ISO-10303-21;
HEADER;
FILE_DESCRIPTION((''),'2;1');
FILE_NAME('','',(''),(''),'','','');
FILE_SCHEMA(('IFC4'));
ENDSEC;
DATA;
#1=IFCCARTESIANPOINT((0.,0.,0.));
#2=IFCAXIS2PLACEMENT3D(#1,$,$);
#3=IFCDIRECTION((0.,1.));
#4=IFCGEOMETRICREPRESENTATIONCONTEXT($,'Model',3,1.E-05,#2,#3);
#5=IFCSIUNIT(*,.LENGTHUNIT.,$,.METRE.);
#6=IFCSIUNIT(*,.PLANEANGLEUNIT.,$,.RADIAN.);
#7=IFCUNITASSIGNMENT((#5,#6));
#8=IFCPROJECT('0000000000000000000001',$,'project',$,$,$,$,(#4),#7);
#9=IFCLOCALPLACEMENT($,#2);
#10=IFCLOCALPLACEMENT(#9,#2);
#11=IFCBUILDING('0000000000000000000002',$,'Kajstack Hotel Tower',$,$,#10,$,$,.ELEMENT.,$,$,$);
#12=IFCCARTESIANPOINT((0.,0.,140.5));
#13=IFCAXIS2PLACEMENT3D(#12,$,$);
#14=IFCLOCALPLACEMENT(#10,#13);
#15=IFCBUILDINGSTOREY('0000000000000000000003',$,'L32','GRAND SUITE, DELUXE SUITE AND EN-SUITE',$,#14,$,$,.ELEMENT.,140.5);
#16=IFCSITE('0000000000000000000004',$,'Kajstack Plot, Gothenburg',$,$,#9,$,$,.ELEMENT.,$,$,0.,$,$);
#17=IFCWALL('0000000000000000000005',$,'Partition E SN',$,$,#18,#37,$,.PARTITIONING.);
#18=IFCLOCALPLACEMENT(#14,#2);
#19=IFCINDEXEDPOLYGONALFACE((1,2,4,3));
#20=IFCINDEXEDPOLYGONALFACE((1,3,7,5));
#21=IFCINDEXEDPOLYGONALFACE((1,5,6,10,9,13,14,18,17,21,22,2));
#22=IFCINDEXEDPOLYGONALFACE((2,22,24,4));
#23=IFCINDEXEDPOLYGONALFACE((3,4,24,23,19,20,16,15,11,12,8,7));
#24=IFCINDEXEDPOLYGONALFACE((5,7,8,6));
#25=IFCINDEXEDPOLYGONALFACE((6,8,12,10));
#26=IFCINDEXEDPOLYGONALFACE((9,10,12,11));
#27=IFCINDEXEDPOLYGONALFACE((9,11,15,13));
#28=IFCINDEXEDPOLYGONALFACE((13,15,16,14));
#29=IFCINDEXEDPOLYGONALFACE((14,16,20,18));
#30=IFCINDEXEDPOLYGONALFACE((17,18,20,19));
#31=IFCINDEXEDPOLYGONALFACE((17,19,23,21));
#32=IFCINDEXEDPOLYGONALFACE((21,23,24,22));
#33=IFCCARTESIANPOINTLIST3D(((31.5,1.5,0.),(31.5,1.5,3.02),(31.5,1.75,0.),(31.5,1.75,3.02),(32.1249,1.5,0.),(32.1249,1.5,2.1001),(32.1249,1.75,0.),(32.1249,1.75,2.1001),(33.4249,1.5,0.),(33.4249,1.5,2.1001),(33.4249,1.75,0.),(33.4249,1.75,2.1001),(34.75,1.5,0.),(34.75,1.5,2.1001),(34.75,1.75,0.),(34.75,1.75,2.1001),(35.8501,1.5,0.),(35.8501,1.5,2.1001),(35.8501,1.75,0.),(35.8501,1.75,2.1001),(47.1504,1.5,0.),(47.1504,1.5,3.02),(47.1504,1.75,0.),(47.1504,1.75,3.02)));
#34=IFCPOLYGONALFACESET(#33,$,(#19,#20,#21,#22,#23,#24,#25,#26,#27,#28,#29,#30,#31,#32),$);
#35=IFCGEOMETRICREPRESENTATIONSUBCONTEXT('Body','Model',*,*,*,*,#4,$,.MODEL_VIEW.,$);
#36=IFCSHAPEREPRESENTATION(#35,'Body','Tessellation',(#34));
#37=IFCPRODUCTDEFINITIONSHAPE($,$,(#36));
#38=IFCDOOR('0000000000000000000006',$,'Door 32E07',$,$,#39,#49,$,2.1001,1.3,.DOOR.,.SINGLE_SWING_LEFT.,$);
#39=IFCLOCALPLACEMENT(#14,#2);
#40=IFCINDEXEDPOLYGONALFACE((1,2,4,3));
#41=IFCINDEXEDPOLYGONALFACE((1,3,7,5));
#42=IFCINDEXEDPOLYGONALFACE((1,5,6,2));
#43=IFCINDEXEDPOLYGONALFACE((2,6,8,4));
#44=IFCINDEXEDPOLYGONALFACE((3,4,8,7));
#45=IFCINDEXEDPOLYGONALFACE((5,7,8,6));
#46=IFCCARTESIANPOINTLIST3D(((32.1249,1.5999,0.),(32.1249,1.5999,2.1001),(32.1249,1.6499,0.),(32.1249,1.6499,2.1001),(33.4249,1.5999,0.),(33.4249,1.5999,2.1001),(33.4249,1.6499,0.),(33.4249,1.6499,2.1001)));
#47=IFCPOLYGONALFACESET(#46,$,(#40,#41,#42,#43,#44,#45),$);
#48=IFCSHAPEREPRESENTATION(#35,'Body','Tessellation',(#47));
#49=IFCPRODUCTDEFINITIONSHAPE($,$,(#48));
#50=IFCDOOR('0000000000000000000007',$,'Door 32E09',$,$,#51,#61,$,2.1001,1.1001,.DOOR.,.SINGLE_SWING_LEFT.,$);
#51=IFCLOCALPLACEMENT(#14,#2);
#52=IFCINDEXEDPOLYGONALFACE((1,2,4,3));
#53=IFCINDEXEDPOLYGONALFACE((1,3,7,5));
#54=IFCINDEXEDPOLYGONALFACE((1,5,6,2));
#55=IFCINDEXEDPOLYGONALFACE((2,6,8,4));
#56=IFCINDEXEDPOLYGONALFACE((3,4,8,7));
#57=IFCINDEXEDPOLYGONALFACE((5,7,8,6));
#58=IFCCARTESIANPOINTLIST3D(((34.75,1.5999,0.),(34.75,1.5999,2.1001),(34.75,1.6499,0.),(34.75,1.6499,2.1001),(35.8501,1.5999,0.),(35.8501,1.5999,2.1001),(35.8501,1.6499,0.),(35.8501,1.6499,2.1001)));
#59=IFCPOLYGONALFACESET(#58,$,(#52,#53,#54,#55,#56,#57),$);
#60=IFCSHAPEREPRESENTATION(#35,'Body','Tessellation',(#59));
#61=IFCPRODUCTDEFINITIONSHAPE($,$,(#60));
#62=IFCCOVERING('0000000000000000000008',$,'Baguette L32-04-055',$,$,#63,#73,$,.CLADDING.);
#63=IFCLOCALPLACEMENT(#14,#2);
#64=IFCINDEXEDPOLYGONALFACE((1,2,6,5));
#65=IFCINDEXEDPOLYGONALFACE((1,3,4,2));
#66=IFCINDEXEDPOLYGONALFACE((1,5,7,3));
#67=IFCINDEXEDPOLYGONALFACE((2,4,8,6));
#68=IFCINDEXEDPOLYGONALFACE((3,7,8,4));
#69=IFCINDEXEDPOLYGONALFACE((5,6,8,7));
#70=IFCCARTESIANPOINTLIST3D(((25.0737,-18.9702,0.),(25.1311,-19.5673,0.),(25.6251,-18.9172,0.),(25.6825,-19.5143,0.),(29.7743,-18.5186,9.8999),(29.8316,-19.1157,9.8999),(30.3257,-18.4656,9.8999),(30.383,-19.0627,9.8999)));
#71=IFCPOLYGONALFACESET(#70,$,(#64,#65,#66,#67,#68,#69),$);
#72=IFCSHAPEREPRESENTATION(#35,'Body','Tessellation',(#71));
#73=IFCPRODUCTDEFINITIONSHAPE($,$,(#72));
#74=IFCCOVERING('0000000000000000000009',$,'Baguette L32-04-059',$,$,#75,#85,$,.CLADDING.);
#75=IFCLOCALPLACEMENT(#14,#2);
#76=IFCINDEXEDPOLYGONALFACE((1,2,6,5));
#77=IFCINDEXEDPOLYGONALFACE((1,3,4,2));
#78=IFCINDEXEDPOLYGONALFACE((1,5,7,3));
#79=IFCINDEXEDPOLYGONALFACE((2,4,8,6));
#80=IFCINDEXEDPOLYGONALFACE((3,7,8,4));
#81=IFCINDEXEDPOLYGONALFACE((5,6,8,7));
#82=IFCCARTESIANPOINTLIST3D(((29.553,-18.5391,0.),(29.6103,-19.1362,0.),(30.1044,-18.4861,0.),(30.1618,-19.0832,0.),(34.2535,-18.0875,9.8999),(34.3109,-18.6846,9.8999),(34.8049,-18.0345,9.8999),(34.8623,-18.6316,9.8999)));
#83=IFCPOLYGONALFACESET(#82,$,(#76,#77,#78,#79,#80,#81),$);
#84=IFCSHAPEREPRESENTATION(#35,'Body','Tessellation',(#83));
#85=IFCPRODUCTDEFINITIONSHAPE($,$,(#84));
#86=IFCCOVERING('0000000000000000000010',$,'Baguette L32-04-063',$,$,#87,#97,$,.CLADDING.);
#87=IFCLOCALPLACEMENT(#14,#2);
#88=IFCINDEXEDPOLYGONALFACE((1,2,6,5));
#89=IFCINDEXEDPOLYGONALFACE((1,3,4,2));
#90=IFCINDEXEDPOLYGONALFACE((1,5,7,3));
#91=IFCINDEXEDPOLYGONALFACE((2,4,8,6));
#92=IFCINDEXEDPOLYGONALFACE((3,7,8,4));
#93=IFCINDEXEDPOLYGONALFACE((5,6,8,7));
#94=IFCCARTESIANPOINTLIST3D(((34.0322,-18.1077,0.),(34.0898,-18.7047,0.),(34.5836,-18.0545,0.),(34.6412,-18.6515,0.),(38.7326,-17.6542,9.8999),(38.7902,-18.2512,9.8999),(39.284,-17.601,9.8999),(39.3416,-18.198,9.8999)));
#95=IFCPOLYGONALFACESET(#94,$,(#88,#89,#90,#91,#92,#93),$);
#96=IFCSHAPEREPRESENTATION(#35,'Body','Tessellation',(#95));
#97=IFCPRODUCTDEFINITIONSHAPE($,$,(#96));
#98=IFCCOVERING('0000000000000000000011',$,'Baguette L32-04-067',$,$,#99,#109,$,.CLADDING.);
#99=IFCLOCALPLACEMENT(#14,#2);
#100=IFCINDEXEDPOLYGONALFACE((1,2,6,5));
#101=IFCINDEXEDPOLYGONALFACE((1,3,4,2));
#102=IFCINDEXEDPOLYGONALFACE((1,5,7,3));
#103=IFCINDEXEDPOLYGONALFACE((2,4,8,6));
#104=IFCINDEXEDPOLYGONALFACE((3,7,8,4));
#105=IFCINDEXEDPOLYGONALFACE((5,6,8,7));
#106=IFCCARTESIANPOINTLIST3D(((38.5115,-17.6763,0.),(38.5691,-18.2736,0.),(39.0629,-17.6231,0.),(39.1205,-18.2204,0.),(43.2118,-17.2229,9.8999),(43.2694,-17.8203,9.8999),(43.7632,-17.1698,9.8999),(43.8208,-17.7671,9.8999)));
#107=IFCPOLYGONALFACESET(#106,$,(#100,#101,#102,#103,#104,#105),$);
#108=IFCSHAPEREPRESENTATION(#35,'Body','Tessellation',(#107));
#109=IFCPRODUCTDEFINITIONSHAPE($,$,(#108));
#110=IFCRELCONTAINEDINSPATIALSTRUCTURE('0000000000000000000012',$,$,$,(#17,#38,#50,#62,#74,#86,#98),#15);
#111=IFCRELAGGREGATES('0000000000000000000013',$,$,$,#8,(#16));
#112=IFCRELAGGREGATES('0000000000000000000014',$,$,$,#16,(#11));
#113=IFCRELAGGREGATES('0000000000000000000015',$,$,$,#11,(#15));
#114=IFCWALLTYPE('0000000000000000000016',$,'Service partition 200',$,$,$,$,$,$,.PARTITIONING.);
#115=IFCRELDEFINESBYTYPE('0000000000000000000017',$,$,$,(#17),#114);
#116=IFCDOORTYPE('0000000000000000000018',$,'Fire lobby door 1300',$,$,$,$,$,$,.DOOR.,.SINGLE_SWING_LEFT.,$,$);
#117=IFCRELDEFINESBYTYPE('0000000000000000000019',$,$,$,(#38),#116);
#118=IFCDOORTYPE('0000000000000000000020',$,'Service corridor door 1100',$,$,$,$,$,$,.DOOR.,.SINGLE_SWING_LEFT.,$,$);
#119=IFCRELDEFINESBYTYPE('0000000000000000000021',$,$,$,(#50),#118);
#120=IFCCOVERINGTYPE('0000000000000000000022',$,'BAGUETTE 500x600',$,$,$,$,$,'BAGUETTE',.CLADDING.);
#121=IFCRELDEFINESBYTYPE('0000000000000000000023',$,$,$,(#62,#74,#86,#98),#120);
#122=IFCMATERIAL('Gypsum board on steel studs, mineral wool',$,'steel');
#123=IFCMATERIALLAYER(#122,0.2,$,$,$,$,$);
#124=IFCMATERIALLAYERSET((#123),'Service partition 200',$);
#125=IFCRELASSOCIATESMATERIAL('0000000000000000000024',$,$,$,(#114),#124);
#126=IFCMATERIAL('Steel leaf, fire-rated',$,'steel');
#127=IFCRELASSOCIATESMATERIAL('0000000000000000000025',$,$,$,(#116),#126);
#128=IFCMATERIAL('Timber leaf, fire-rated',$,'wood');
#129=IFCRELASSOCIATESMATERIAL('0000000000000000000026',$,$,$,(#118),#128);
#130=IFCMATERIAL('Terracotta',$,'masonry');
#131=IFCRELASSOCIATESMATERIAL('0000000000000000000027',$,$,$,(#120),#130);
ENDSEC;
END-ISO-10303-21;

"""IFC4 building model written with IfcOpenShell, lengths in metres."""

from ifc_helpers import new_model, si_unit, direction, frame, frame_2d, origin, origin_2d, place, context, subcontext, project, spatial, polyline, rectangle, outline, extrude, material, layer, layer_set, material_profile, profile_set, type_object, element, fill, save


model = new_model("IFC4")

# Units and contexts
model_context = context("Model", 3, precision=1e-05, world=origin(), true_north=direction((0.0, 1.0)))
body_context = subcontext(model_context, "Body", "Model", "MODEL_VIEW")
ifc_project = project(units=[si_unit("LENGTHUNIT", "METRE"), si_unit("PLANEANGLEUNIT", "RADIAN")], contexts=[model_context])

# Site, building, storey
site_placement = place(None, origin())
site = spatial("IfcSite", under=ifc_project, at=site_placement, Name="Kajstack Plot, Gothenburg", CompositionType="ELEMENT", RefElevation=0.0)
building_placement = place(site_placement, origin())
building = spatial("IfcBuilding", under=site, at=building_placement, Name="Kajstack Hotel Tower", CompositionType="ELEMENT")
storey_placement = place(building_placement, frame((0.0, 0.0, 140.5)))
storey = spatial("IfcBuildingStorey", under=building, at=storey_placement, Name="L32", Description="GRAND SUITE, DELUXE SUITE AND EN-SUITE", CompositionType="ELEMENT", Elevation=140.5)

# Wall, openings, doors
ifc_material_1 = material(Name="Gypsum board on steel studs, mineral wool", Category="steel")
ifc_layer_1 = layer(ifc_material_1, 0.2)
ifc_layer_set_1 = layer_set([ifc_layer_1], Name="Service partition 200")
wall_type_1 = type_object("IfcWallType", Name="Service partition 200", PredefinedType="PARTITIONING", material=ifc_layer_set_1)
wall_1_placement = place(storey_placement, frame((31.5, 1.625, 0.0), z_axis=(0.0, 0.0, 1.0), x_axis=(1.0, 0.0, 0.0)))
wall_1 = element("IfcWall", 1, at=wall_1_placement, inside=storey, type_object=wall_type_1, Name="Partition E SN", PredefinedType="PARTITIONING", context=body_context, shape_type="SweptSolid", body=[
    extrude(rectangle(XDim=15.6504, YDim=0.25, at=frame_2d((7.8252, 0.0))), origin(), (0.0, 0.0, 1.0), 3.02),
])
opening_1_placement = place(wall_1_placement, frame((0.625, 0.0, 0.0)))
opening_1 = element("IfcOpeningElement", 2, at=opening_1_placement, cuts=wall_1, PredefinedType="OPENING", context=body_context, shape_type="SweptSolid", body=[
    extrude(rectangle(XDim=1.3, YDim=2.1001, at=frame_2d((0.6499, 1.05))), frame((0.0, 0.135, 0.0), z_axis=(0.0, -1.0, 0.0), x_axis=(1.0, 0.0, 0.0)), (0.0, 0.0, 1.0), 0.27),
])
opening_2_placement = place(wall_1_placement, frame((3.25, 0.0, 0.0)))
opening_2 = element("IfcOpeningElement", 3, at=opening_2_placement, cuts=wall_1, PredefinedType="OPENING", context=body_context, shape_type="SweptSolid", body=[
    extrude(rectangle(XDim=1.1001, YDim=2.1001, at=frame_2d((0.55, 1.05))), frame((0.0, 0.135, 0.0), z_axis=(0.0, -1.0, 0.0), x_axis=(1.0, 0.0, 0.0)), (0.0, 0.0, 1.0), 0.27),
])
ifc_material_2 = material(Name="Steel leaf, fire-rated", Category="steel")
door_type_1 = type_object("IfcDoorType", Name="Fire lobby door 1300", OperationType="SINGLE_SWING_LEFT", PredefinedType="DOOR", material=ifc_material_2)
door_1_placement = place(opening_1_placement, origin())
door_1 = element("IfcDoor", 4, at=door_1_placement, inside=storey, type_object=door_type_1, Name="Door 32E07", OperationType="SINGLE_SWING_LEFT", OverallHeight=2.1001, OverallWidth=1.3, PredefinedType="DOOR", context=body_context, shape_type="SweptSolid", body=[
    extrude(rectangle(XDim=1.3, YDim=2.1001, at=frame_2d((0.6499, 1.05))), frame((0.0, 0.0249, 0.0), z_axis=(0.0, -1.0, 0.0), x_axis=(1.0, 0.0, 0.0)), (0.0, 0.0, 1.0), 0.05),
])
fill(opening_1, door_1)
ifc_material_3 = material(Name="Timber leaf, fire-rated", Category="wood")
door_type_2 = type_object("IfcDoorType", Name="Service corridor door 1100", OperationType="SINGLE_SWING_LEFT", PredefinedType="DOOR", material=ifc_material_3)
door_2_placement = place(opening_2_placement, origin())
door_2 = element("IfcDoor", 5, at=door_2_placement, inside=storey, type_object=door_type_2, Name="Door 32E09", OperationType="SINGLE_SWING_LEFT", OverallHeight=2.1001, OverallWidth=1.1001, PredefinedType="DOOR", context=body_context, shape_type="SweptSolid", body=[
    extrude(rectangle(XDim=1.1001, YDim=2.1001, at=frame_2d((0.55, 1.05))), frame((0.0, 0.0249, 0.0), z_axis=(0.0, -1.0, 0.0), x_axis=(1.0, 0.0, 0.0)), (0.0, 0.0, 1.0), 0.05),
])
fill(opening_2, door_2)

# Coverings
ifc_material_4 = material(Name="Terracotta", Category="masonry")
ifc_material_profile = material_profile(ifc_material_4, rectangle(XDim=0.6001, YDim=0.5, at=origin_2d()), Name="Terracotta-clad concrete baguette 500 x 600")
ifc_profile_set = profile_set([ifc_material_profile], Name="Terracotta")
covering_type = type_object("IfcCoveringType", Name="BAGUETTE 500x600", ElementType="BAGUETTE", PredefinedType="CLADDING", material=ifc_profile_set)
for number, where, z_axis, x_axis, name in (
    (6, (25.0737, -18.9702, 0.0), (0.095635, -0.995416, 0.0), (0.995416, 0.095635, 0.0), "Baguette L32-04-055"),
    (7, (29.553, -18.5391, 0.0), (0.095635, -0.995416, 0.0), (0.995416, 0.095635, 0.0), "Baguette L32-04-059"),
    (8, (34.0322, -18.1077, 0.0), (0.096038, -0.995378, 0.0), (0.995378, 0.096038, 0.0), "Baguette L32-04-063"),
):
    element("IfcCovering", number, at=place(storey_placement, frame(where, z_axis=z_axis, x_axis=x_axis)), inside=storey, type_object=covering_type, Name=name, PredefinedType="CLADDING", context=body_context, shape_type="SweptSolid", body=[
        extrude(outline(polyline([(4.7222, 9.8999), (0.0, 0.0), (0.554, 0.0), (5.2761, 9.8999), (4.7222, 9.8999)])), origin(), (0.0, 0.0, 1.0), 0.5999),
    ])
covering_placement = place(storey_placement, frame((38.5115, -17.6763, 0.0), z_axis=(0.095999, -0.995381, 0.0), x_axis=(0.995381, 0.095999, 0.0)))
element("IfcCovering", 9, at=covering_placement, inside=storey, type_object=covering_type, Name="Baguette L32-04-067", PredefinedType="CLADDING", context=body_context, shape_type="SweptSolid", body=[
    extrude(outline(polyline([(4.7222, 9.8999), (0.0, 0.0), (0.554, 0.0), (5.2761, 9.8999), (4.7222, 9.8999)])), origin(), (0.0, 0.0, 1.0), 0.6001),
])

save(model, "model.ifc")
